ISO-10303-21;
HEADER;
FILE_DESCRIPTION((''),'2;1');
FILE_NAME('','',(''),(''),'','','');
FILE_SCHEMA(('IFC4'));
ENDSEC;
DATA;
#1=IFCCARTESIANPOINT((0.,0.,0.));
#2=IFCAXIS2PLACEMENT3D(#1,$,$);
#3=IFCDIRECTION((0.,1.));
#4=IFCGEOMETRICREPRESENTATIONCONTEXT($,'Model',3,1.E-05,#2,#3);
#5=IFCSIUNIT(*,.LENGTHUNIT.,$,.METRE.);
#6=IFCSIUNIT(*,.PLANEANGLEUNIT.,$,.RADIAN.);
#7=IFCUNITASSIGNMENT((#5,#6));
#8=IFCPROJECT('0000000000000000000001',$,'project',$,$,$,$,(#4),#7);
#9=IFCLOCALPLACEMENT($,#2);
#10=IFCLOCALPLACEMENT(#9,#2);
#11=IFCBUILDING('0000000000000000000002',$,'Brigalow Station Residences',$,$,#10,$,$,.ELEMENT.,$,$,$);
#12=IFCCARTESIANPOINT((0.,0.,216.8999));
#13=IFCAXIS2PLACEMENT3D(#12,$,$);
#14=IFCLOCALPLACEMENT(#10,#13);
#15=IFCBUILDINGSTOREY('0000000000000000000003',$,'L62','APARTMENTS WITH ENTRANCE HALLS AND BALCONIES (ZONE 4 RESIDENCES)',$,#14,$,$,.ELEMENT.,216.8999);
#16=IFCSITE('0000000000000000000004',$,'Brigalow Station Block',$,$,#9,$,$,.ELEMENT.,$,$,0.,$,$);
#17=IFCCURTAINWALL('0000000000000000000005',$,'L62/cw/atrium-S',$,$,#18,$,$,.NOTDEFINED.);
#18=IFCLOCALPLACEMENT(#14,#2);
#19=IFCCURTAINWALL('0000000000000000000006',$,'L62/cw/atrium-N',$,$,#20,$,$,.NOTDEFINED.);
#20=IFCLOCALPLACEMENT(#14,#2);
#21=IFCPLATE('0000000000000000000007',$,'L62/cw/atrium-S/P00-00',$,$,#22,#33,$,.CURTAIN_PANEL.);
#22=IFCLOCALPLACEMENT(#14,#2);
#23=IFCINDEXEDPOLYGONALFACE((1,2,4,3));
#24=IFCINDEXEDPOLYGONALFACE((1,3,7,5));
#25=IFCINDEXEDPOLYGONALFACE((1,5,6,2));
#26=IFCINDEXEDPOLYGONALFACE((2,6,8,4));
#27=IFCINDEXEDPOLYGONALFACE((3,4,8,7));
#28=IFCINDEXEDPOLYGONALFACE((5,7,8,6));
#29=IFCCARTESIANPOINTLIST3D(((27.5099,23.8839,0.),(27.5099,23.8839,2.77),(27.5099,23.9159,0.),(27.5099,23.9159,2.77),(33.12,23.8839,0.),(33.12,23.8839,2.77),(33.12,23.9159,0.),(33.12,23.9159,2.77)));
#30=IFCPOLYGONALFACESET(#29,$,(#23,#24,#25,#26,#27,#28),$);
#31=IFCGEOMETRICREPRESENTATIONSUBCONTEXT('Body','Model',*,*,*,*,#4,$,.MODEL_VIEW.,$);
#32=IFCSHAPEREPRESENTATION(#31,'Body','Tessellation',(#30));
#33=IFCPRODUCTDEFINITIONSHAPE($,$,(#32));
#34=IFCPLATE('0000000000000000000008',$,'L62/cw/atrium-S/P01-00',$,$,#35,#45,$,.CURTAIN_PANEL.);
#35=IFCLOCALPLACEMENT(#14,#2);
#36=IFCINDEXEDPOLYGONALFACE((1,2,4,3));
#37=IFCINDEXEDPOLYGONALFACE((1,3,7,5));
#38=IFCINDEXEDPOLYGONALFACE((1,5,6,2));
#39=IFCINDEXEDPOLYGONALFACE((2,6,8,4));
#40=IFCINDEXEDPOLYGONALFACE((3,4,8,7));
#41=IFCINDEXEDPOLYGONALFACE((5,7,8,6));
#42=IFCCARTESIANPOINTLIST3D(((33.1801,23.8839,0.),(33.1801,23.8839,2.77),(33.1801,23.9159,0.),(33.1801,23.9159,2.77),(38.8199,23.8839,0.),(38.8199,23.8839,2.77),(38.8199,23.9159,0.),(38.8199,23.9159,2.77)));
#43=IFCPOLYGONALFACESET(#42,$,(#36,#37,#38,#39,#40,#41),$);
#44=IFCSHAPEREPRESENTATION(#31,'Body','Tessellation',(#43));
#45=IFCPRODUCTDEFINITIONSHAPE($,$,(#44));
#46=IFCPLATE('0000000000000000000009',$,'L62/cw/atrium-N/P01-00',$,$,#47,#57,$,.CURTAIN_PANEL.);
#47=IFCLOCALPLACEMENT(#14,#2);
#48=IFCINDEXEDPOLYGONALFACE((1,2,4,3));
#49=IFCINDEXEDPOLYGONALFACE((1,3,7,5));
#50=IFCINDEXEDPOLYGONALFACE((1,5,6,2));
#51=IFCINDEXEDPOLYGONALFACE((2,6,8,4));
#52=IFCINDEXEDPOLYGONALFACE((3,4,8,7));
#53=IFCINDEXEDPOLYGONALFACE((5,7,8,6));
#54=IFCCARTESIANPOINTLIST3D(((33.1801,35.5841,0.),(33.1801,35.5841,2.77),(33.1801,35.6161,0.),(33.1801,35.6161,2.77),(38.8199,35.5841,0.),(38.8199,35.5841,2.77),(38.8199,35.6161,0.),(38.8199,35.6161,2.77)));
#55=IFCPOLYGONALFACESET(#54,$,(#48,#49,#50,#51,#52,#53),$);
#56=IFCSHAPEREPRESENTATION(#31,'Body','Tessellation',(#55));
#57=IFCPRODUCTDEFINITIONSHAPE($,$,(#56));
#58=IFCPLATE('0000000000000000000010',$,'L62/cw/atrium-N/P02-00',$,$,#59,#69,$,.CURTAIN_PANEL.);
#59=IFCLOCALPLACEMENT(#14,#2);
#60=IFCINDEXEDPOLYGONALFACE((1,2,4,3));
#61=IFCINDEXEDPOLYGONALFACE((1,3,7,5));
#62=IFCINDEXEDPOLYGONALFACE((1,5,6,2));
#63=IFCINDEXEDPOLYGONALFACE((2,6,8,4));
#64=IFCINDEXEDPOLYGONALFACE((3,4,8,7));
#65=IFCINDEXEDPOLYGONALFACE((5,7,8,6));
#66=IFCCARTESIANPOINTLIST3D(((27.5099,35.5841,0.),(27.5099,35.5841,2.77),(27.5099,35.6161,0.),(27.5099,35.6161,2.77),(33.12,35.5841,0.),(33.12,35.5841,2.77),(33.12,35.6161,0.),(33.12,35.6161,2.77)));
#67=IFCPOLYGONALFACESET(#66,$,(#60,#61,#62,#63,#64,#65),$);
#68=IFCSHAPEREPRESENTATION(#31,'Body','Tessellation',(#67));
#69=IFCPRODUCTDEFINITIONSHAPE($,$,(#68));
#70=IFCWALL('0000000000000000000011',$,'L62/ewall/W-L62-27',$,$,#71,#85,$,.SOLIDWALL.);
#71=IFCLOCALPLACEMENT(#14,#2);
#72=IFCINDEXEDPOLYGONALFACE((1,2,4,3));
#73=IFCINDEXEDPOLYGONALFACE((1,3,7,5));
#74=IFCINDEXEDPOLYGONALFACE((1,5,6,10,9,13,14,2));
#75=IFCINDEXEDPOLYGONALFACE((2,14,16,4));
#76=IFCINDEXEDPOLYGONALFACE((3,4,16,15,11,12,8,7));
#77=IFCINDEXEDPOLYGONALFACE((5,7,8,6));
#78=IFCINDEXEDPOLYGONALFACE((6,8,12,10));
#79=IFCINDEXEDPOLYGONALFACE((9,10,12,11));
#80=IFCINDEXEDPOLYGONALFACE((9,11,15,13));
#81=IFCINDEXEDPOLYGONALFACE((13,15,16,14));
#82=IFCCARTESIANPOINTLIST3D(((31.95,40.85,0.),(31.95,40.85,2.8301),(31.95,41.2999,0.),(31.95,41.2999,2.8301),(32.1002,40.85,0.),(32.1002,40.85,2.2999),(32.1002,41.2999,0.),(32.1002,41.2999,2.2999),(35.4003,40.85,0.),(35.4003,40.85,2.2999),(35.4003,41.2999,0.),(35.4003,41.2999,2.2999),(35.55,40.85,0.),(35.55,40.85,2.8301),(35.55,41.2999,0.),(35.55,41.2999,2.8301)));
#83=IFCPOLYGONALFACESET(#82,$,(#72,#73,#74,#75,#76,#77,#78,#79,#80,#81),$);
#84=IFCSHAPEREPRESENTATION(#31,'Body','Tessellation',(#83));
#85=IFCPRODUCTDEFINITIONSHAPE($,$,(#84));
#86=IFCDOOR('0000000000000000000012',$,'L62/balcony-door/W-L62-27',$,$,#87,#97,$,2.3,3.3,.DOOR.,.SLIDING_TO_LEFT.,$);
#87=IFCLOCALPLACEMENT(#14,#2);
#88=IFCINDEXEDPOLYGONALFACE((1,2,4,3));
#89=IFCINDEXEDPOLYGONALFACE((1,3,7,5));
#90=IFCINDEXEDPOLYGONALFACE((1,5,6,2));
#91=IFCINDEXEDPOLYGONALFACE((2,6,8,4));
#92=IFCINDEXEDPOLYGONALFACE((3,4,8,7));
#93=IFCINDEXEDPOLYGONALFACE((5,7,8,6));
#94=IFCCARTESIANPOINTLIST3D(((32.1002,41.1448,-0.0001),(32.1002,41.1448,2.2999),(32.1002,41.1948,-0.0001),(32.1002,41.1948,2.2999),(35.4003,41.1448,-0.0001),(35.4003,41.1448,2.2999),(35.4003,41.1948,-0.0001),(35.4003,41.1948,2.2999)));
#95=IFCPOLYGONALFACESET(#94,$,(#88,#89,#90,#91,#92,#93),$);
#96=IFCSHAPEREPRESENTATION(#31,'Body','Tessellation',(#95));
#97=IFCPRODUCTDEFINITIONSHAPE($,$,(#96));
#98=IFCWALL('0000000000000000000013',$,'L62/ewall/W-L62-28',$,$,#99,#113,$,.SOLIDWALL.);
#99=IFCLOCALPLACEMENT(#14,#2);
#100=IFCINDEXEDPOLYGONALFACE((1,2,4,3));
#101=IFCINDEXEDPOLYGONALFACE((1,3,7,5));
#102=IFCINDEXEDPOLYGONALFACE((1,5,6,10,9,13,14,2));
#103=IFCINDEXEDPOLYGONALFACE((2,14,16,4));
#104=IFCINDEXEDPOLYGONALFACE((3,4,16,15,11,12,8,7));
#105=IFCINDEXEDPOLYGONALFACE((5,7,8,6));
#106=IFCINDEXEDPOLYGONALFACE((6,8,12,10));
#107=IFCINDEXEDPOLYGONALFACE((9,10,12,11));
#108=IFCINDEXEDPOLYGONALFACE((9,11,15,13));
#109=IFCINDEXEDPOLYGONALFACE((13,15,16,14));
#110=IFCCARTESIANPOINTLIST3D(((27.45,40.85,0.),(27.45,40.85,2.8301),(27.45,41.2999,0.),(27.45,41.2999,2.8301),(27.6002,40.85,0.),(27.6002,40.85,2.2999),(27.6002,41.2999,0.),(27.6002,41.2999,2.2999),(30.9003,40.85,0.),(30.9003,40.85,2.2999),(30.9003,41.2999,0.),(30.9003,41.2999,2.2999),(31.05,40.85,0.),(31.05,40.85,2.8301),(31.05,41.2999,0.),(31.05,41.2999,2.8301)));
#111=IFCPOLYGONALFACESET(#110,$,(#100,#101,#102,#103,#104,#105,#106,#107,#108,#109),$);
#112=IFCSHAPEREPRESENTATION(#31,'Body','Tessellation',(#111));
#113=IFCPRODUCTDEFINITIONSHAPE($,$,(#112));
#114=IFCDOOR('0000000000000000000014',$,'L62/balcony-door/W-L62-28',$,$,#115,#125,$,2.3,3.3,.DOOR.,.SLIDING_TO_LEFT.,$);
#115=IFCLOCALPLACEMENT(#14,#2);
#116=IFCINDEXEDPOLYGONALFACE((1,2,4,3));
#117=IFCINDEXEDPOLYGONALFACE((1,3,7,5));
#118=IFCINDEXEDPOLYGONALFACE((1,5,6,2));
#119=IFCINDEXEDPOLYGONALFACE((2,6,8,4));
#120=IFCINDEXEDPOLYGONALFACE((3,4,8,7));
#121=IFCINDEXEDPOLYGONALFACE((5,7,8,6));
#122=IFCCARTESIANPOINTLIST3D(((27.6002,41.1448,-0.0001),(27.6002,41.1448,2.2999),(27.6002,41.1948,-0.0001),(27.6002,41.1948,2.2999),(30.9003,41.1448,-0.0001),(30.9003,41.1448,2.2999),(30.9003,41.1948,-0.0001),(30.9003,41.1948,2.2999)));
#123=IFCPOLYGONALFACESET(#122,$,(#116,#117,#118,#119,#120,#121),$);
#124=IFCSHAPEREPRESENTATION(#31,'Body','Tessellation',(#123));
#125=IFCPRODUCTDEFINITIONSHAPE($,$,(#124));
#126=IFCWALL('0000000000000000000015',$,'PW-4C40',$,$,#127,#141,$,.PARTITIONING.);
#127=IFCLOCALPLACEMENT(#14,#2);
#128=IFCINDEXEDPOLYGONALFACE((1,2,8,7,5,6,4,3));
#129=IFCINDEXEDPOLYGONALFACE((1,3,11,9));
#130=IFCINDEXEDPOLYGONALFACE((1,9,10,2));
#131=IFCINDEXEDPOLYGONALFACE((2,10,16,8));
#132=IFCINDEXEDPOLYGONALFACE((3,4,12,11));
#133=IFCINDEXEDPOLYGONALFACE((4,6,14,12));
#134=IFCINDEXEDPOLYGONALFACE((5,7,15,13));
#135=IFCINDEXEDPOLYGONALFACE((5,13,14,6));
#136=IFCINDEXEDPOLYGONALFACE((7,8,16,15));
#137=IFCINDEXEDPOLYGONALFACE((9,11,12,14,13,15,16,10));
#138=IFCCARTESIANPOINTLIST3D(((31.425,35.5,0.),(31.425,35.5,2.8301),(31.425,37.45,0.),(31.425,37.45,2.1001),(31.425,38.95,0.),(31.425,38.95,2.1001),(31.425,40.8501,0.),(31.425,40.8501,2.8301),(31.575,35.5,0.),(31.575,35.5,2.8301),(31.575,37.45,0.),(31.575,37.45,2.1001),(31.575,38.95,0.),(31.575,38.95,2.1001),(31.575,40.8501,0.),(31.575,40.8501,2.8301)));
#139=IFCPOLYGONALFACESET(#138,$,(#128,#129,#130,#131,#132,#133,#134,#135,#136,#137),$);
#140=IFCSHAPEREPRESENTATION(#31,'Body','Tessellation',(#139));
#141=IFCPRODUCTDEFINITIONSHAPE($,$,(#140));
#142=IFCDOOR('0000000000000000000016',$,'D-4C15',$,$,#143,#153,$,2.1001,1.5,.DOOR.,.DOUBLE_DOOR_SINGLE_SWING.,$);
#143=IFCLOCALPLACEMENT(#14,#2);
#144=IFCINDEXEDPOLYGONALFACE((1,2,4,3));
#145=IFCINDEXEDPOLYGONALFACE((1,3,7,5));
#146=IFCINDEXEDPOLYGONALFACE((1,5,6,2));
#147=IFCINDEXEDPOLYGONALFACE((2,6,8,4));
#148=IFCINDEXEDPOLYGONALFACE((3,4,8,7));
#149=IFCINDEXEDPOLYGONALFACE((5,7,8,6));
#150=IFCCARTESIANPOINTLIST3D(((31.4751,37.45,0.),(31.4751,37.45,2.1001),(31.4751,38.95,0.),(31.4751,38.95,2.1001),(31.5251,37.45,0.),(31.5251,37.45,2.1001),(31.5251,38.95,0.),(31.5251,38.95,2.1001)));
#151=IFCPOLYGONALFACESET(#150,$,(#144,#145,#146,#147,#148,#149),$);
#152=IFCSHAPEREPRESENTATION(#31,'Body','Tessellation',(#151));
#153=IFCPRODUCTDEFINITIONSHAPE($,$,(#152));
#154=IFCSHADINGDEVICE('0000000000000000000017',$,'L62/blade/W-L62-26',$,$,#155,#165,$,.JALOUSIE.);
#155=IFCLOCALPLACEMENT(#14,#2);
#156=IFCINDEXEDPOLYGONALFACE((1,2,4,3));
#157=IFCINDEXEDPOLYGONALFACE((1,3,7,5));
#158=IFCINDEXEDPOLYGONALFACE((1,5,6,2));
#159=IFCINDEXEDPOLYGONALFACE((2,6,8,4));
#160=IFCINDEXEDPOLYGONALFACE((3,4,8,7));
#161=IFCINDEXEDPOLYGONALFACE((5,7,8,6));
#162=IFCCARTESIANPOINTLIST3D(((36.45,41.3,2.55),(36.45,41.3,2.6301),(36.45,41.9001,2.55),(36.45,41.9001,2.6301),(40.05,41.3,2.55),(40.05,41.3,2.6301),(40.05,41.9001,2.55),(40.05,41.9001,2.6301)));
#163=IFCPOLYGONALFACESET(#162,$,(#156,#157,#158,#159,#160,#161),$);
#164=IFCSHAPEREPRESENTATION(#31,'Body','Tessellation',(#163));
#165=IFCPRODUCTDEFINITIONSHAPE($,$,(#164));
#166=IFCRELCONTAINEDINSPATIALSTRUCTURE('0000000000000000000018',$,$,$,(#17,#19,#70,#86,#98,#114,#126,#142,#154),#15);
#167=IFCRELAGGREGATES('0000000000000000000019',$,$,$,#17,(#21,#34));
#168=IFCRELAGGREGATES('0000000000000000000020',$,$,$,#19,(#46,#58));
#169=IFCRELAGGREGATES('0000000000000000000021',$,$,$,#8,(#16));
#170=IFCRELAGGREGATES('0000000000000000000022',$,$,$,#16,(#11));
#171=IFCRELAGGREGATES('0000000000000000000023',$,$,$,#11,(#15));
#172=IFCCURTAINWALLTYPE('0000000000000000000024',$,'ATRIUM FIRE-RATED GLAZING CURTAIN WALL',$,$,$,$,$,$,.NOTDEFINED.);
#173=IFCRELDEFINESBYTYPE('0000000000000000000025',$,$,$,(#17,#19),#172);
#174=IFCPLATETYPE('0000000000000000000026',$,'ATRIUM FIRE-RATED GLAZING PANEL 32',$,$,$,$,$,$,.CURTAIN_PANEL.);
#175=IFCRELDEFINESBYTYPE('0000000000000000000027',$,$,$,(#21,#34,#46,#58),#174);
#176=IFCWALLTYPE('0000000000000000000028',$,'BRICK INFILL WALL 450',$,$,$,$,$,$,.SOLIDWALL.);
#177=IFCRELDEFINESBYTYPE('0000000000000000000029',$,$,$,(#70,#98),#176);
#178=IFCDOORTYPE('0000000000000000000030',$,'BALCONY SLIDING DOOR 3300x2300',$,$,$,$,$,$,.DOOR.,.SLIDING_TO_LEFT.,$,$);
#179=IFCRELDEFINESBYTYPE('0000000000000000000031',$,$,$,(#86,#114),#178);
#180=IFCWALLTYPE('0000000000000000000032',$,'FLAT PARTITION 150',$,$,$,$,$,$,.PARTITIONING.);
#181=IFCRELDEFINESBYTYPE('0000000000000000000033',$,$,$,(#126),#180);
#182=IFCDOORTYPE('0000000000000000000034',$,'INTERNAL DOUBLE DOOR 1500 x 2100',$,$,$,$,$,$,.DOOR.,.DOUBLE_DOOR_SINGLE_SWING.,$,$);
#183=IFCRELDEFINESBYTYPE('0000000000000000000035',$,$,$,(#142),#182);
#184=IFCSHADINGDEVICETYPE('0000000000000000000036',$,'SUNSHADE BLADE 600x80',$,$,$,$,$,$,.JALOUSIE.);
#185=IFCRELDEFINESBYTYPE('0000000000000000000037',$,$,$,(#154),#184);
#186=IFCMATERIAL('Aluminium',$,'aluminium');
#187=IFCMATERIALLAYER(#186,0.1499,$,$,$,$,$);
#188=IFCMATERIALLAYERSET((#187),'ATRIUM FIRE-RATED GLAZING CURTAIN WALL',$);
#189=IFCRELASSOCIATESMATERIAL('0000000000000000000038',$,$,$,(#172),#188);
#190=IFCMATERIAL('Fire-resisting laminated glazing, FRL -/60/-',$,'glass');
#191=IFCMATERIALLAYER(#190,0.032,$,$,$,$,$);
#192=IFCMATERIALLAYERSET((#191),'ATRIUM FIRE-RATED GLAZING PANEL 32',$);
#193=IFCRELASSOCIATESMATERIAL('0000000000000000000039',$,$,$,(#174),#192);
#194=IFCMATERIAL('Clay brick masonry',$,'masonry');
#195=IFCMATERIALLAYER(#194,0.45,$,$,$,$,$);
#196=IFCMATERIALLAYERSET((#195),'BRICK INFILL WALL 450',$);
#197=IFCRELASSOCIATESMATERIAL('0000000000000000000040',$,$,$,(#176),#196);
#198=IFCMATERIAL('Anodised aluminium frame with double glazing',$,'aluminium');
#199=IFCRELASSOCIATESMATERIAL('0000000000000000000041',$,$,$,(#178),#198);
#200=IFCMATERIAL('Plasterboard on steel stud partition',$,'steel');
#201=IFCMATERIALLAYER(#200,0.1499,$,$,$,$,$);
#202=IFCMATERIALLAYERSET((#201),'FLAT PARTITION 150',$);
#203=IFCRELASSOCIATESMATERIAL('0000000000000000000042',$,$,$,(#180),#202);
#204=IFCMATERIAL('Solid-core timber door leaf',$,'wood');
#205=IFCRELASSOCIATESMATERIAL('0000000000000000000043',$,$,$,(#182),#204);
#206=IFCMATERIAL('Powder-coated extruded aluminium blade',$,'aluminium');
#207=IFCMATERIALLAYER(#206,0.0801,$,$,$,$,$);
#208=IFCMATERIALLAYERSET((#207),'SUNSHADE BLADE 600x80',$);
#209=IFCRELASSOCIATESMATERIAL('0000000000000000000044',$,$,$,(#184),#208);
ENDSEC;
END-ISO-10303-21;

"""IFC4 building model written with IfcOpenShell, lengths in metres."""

from ifc_helpers import new_model, si_unit, direction, frame, frame_2d, origin, origin_2d, place, context, subcontext, project, spatial, rectangle, extrude, material, layer, layer_set, type_object, element, fill, aggregate, save


model = new_model("IFC4")

# Units and contexts
model_context = context("Model", 3, precision=1e-05, world=origin(), true_north=direction((0.0, 1.0)))
body_context = subcontext(model_context, "Body", "Model", "MODEL_VIEW")
ifc_project = project(units=[si_unit("LENGTHUNIT", "METRE"), si_unit("PLANEANGLEUNIT", "RADIAN")], contexts=[model_context])

# Site, building, storey
site_placement = place(None, origin())
site = spatial("IfcSite", under=ifc_project, at=site_placement, Name="Brigalow Station Block", CompositionType="ELEMENT", RefElevation=0.0)
building_placement = place(site_placement, origin())
building = spatial("IfcBuilding", under=site, at=building_placement, Name="Brigalow Station Residences", CompositionType="ELEMENT")
storey_placement = place(building_placement, frame((0.0, 0.0, 216.8999)))
storey = spatial("IfcBuildingStorey", under=building, at=storey_placement, Name="L62", Description="APARTMENTS WITH ENTRANCE HALLS AND BALCONIES (ZONE 4 RESIDENCES)", CompositionType="ELEMENT", Elevation=216.8999)

# Curtain walls
ifc_material_1 = material(Name="Aluminium", Category="aluminium")
ifc_layer_1 = layer(ifc_material_1, 0.1499)
ifc_layer_set_1 = layer_set([ifc_layer_1], Name="ATRIUM FIRE-RATED GLAZING CURTAIN WALL")
curtain_wall_type = type_object("IfcCurtainWallType", Name="ATRIUM FIRE-RATED GLAZING CURTAIN WALL", PredefinedType="NOTDEFINED", material=ifc_layer_set_1)
curtain_wall_1_placement = place(storey_placement, origin())
curtain_wall_1 = element("IfcCurtainWall", 1, at=curtain_wall_1_placement, inside=storey, type_object=curtain_wall_type, Name="L62/cw/atrium-S", PredefinedType="NOTDEFINED")
curtain_wall_2_placement = place(storey_placement, origin())
curtain_wall_2 = element("IfcCurtainWall", 2, at=curtain_wall_2_placement, inside=storey, type_object=curtain_wall_type, Name="L62/cw/atrium-N", PredefinedType="NOTDEFINED")

# Plates
ifc_material_2 = material(Name="Fire-resisting laminated glazing, FRL -/60/-", Category="glass")
ifc_layer_2 = layer(ifc_material_2, 0.032)
ifc_layer_set_2 = layer_set([ifc_layer_2], Name="ATRIUM FIRE-RATED GLAZING PANEL 32")
plate_type = type_object("IfcPlateType", Name="ATRIUM FIRE-RATED GLAZING PANEL 32", PredefinedType="CURTAIN_PANEL", material=ifc_layer_set_2)
plate_1_placement = place(storey_placement, frame((30.3149, 23.8999, 0.0), z_axis=(0.0, 0.0, 1.0), x_axis=(1.0, 0.0, 0.0)))
plate_1 = element("IfcPlate", 3, at=plate_1_placement, type_object=plate_type, Name="L62/cw/atrium-S/P00-00", PredefinedType="CURTAIN_PANEL", context=body_context, shape_type="SweptSolid", body=[
    extrude(rectangle(XDim=5.6101, YDim=0.032, at=origin_2d()), origin(), (0.0, 0.0, 1.0), 2.77),
])
plate_2_placement = place(storey_placement, frame((36.0, 23.8999, 0.0), z_axis=(0.0, 0.0, 1.0), x_axis=(1.0, 0.0, 0.0)))
plate_2 = element("IfcPlate", 4, at=plate_2_placement, type_object=plate_type, Name="L62/cw/atrium-S/P01-00", PredefinedType="CURTAIN_PANEL", context=body_context, shape_type="SweptSolid", body=[
    extrude(rectangle(XDim=5.6399, YDim=0.032, at=origin_2d()), origin(), (0.0, 0.0, 1.0), 2.77),
])
aggregate(curtain_wall_1, [plate_1, plate_2])
plate_3_placement = place(storey_placement, frame((36.0, 35.6001, 0.0), z_axis=(0.0, 0.0, 1.0), x_axis=(-1.0, 0.0, 0.0)))
plate_3 = element("IfcPlate", 5, at=plate_3_placement, type_object=plate_type, Name="L62/cw/atrium-N/P01-00", PredefinedType="CURTAIN_PANEL", context=body_context, shape_type="SweptSolid", body=[
    extrude(rectangle(XDim=5.6399, YDim=0.032, at=origin_2d()), origin(), (0.0, 0.0, 1.0), 2.77),
])
plate_4_placement = place(storey_placement, frame((30.3149, 35.6001, 0.0), z_axis=(0.0, 0.0, 1.0), x_axis=(-1.0, 0.0, 0.0)))
plate_4 = element("IfcPlate", 6, at=plate_4_placement, type_object=plate_type, Name="L62/cw/atrium-N/P02-00", PredefinedType="CURTAIN_PANEL", context=body_context, shape_type="SweptSolid", body=[
    extrude(rectangle(XDim=5.6101, YDim=0.032, at=origin_2d()), origin(), (0.0, 0.0, 1.0), 2.77),
])
aggregate(curtain_wall_2, [plate_3, plate_4])

# Walls, openings, doors
ifc_material_3 = material(Name="Clay brick masonry", Category="masonry")
ifc_layer_3 = layer(ifc_material_3, 0.45)
ifc_layer_set_3 = layer_set([ifc_layer_3], Name="BRICK INFILL WALL 450")
wall_type_1 = type_object("IfcWallType", Name="BRICK INFILL WALL 450", PredefinedType="SOLIDWALL", material=ifc_layer_set_3)
wall_1_placement = place(storey_placement, frame((35.55, 41.075, 0.0), z_axis=(0.0, 0.0, 1.0), x_axis=(-1.0, 0.0, 0.0)))
wall_1 = element("IfcWall", 7, at=wall_1_placement, inside=storey, type_object=wall_type_1, Name="L62/ewall/W-L62-27", PredefinedType="SOLIDWALL", context=body_context, shape_type="SweptSolid", body=[
    extrude(rectangle(XDim=3.6001, YDim=0.45, at=frame_2d((1.8, 0.0))), origin(), (0.0, 0.0, 1.0), 2.8301),
])
opening_1_placement = place(wall_1_placement, frame((0.1499, 0.0, 0.0)))
opening_1 = element("IfcOpeningElement", 8, at=opening_1_placement, cuts=wall_1, PredefinedType="OPENING", context=body_context, shape_type="SweptSolid", body=[
    extrude(rectangle(XDim=3.3, YDim=2.3, at=frame_2d((1.6499, 1.1499))), frame((0.0, 0.2349, 0.0), z_axis=(0.0, -1.0, 0.0), x_axis=(1.0, 0.0, 0.0)), (0.0, 0.0, 1.0), 0.47),
])
ifc_material_4 = material(Name="Anodised aluminium frame with double glazing", Category="aluminium")
door_type_1 = type_object("IfcDoorType", Name="BALCONY SLIDING DOOR 3300x2300", OperationType="SLIDING_TO_LEFT", PredefinedType="DOOR", material=ifc_material_4)
door_1_placement = place(opening_1_placement, origin())
door_1 = element("IfcDoor", 9, at=door_1_placement, inside=storey, type_object=door_type_1, Name="L62/balcony-door/W-L62-27", OperationType="SLIDING_TO_LEFT", OverallHeight=2.3, OverallWidth=3.3, PredefinedType="DOOR", context=body_context, shape_type="SweptSolid", body=[
    extrude(rectangle(XDim=3.3, YDim=2.3, at=frame_2d((1.6499, 1.1499))), frame((0.0, -0.0698, 0.0), z_axis=(0.0, -1.0, 0.0), x_axis=(1.0, 0.0, 0.0)), (0.0, 0.0, 1.0), 0.05),
])
fill(opening_1, door_1)
wall_2_placement = place(storey_placement, frame((31.05, 41.075, 0.0), z_axis=(0.0, 0.0, 1.0), x_axis=(-1.0, 0.0, 0.0)))
wall_2 = element("IfcWall", 10, at=wall_2_placement, inside=storey, type_object=wall_type_1, Name="L62/ewall/W-L62-28", PredefinedType="SOLIDWALL", context=body_context, shape_type="SweptSolid", body=[
    extrude(rectangle(XDim=3.6001, YDim=0.45, at=frame_2d((1.8, 0.0))), origin(), (0.0, 0.0, 1.0), 2.8301),
])
opening_2_placement = place(wall_2_placement, frame((0.1499, 0.0, 0.0)))
opening_2 = element("IfcOpeningElement", 11, at=opening_2_placement, cuts=wall_2, PredefinedType="OPENING", context=body_context, shape_type="SweptSolid", body=[
    extrude(rectangle(XDim=3.3, YDim=2.3, at=frame_2d((1.6499, 1.1499))), frame((0.0, 0.2349, 0.0), z_axis=(0.0, -1.0, 0.0), x_axis=(1.0, 0.0, 0.0)), (0.0, 0.0, 1.0), 0.47),
])
door_2_placement = place(opening_2_placement, origin())
door_2 = element("IfcDoor", 12, at=door_2_placement, inside=storey, type_object=door_type_1, Name="L62/balcony-door/W-L62-28", OperationType="SLIDING_TO_LEFT", OverallHeight=2.3, OverallWidth=3.3, PredefinedType="DOOR", context=body_context, shape_type="SweptSolid", body=[
    extrude(rectangle(XDim=3.3, YDim=2.3, at=frame_2d((1.6499, 1.1499))), frame((0.0, -0.0698, 0.0), z_axis=(0.0, -1.0, 0.0), x_axis=(1.0, 0.0, 0.0)), (0.0, 0.0, 1.0), 0.05),
])
fill(opening_2, door_2)
ifc_material_5 = material(Name="Plasterboard on steel stud partition", Category="steel")
ifc_layer_4 = layer(ifc_material_5, 0.1499)
ifc_layer_set_4 = layer_set([ifc_layer_4], Name="FLAT PARTITION 150")
wall_type_2 = type_object("IfcWallType", Name="FLAT PARTITION 150", PredefinedType="PARTITIONING", material=ifc_layer_set_4)
wall_3_placement = place(storey_placement, frame((31.5, 35.5, 0.0), z_axis=(0.0, 0.0, 1.0), x_axis=(0.0, 1.0, 0.0)))
wall_3 = element("IfcWall", 13, at=wall_3_placement, inside=storey, type_object=wall_type_2, Name="PW-4C40", PredefinedType="PARTITIONING", context=body_context, shape_type="SweptSolid", body=[
    extrude(rectangle(XDim=5.3501, YDim=0.1499, at=frame_2d((2.675, 0.0))), origin(), (0.0, 0.0, 1.0), 2.8301),
])
opening_3_placement = place(wall_3_placement, frame((1.95, 0.0, 0.0)))
opening_3 = element("IfcOpeningElement", 14, at=opening_3_placement, cuts=wall_3, PredefinedType="OPENING", context=body_context, shape_type="SweptSolid", body=[
    extrude(rectangle(XDim=1.5, YDim=2.1001, at=frame_2d((0.75, 1.05))), frame((0.0, 0.085, 0.0), z_axis=(0.0, -1.0, 0.0), x_axis=(1.0, 0.0, 0.0)), (0.0, 0.0, 1.0), 0.1699),
])
ifc_material_6 = material(Name="Solid-core timber door leaf", Category="wood")
door_type_2 = type_object("IfcDoorType", Name="INTERNAL DOUBLE DOOR 1500 x 2100", OperationType="DOUBLE_DOOR_SINGLE_SWING", PredefinedType="DOOR", material=ifc_material_6)
door_3_placement = place(opening_3_placement, origin())
door_3 = element("IfcDoor", 15, at=door_3_placement, inside=storey, type_object=door_type_2, Name="D-4C15", OperationType="DOUBLE_DOOR_SINGLE_SWING", OverallHeight=2.1001, OverallWidth=1.5, PredefinedType="DOOR", context=body_context, shape_type="SweptSolid", body=[
    extrude(rectangle(XDim=1.5, YDim=2.1001, at=frame_2d((0.75, 1.05))), frame((0.0, 0.0249, 0.0), z_axis=(0.0, -1.0, 0.0), x_axis=(1.0, 0.0, 0.0)), (0.0, 0.0, 1.0), 0.05),
])
fill(opening_3, door_3)

# Shading device
ifc_material_7 = material(Name="Powder-coated extruded aluminium blade", Category="aluminium")
ifc_layer_5 = layer(ifc_material_7, 0.0801)
ifc_layer_set_5 = layer_set([ifc_layer_5], Name="SUNSHADE BLADE 600x80")
shading_device_type = type_object("IfcShadingDeviceType", Name="SUNSHADE BLADE 600x80", PredefinedType="JALOUSIE", material=ifc_layer_set_5)
shading_device_placement = place(storey_placement, frame((38.25, 41.6001, 2.55), z_axis=(0.0, 0.0, 1.0), x_axis=(-1.0, 0.0, 0.0)))
element("IfcShadingDevice", 16, at=shading_device_placement, inside=storey, type_object=shading_device_type, Name="L62/blade/W-L62-26", PredefinedType="JALOUSIE", context=body_context, shape_type="SweptSolid", body=[
    extrude(rectangle(XDim=3.6001, YDim=0.6001, at=origin_2d()), origin(), (0.0, 0.0, 1.0), 0.0801),
])

save(model, "model.ifc")
